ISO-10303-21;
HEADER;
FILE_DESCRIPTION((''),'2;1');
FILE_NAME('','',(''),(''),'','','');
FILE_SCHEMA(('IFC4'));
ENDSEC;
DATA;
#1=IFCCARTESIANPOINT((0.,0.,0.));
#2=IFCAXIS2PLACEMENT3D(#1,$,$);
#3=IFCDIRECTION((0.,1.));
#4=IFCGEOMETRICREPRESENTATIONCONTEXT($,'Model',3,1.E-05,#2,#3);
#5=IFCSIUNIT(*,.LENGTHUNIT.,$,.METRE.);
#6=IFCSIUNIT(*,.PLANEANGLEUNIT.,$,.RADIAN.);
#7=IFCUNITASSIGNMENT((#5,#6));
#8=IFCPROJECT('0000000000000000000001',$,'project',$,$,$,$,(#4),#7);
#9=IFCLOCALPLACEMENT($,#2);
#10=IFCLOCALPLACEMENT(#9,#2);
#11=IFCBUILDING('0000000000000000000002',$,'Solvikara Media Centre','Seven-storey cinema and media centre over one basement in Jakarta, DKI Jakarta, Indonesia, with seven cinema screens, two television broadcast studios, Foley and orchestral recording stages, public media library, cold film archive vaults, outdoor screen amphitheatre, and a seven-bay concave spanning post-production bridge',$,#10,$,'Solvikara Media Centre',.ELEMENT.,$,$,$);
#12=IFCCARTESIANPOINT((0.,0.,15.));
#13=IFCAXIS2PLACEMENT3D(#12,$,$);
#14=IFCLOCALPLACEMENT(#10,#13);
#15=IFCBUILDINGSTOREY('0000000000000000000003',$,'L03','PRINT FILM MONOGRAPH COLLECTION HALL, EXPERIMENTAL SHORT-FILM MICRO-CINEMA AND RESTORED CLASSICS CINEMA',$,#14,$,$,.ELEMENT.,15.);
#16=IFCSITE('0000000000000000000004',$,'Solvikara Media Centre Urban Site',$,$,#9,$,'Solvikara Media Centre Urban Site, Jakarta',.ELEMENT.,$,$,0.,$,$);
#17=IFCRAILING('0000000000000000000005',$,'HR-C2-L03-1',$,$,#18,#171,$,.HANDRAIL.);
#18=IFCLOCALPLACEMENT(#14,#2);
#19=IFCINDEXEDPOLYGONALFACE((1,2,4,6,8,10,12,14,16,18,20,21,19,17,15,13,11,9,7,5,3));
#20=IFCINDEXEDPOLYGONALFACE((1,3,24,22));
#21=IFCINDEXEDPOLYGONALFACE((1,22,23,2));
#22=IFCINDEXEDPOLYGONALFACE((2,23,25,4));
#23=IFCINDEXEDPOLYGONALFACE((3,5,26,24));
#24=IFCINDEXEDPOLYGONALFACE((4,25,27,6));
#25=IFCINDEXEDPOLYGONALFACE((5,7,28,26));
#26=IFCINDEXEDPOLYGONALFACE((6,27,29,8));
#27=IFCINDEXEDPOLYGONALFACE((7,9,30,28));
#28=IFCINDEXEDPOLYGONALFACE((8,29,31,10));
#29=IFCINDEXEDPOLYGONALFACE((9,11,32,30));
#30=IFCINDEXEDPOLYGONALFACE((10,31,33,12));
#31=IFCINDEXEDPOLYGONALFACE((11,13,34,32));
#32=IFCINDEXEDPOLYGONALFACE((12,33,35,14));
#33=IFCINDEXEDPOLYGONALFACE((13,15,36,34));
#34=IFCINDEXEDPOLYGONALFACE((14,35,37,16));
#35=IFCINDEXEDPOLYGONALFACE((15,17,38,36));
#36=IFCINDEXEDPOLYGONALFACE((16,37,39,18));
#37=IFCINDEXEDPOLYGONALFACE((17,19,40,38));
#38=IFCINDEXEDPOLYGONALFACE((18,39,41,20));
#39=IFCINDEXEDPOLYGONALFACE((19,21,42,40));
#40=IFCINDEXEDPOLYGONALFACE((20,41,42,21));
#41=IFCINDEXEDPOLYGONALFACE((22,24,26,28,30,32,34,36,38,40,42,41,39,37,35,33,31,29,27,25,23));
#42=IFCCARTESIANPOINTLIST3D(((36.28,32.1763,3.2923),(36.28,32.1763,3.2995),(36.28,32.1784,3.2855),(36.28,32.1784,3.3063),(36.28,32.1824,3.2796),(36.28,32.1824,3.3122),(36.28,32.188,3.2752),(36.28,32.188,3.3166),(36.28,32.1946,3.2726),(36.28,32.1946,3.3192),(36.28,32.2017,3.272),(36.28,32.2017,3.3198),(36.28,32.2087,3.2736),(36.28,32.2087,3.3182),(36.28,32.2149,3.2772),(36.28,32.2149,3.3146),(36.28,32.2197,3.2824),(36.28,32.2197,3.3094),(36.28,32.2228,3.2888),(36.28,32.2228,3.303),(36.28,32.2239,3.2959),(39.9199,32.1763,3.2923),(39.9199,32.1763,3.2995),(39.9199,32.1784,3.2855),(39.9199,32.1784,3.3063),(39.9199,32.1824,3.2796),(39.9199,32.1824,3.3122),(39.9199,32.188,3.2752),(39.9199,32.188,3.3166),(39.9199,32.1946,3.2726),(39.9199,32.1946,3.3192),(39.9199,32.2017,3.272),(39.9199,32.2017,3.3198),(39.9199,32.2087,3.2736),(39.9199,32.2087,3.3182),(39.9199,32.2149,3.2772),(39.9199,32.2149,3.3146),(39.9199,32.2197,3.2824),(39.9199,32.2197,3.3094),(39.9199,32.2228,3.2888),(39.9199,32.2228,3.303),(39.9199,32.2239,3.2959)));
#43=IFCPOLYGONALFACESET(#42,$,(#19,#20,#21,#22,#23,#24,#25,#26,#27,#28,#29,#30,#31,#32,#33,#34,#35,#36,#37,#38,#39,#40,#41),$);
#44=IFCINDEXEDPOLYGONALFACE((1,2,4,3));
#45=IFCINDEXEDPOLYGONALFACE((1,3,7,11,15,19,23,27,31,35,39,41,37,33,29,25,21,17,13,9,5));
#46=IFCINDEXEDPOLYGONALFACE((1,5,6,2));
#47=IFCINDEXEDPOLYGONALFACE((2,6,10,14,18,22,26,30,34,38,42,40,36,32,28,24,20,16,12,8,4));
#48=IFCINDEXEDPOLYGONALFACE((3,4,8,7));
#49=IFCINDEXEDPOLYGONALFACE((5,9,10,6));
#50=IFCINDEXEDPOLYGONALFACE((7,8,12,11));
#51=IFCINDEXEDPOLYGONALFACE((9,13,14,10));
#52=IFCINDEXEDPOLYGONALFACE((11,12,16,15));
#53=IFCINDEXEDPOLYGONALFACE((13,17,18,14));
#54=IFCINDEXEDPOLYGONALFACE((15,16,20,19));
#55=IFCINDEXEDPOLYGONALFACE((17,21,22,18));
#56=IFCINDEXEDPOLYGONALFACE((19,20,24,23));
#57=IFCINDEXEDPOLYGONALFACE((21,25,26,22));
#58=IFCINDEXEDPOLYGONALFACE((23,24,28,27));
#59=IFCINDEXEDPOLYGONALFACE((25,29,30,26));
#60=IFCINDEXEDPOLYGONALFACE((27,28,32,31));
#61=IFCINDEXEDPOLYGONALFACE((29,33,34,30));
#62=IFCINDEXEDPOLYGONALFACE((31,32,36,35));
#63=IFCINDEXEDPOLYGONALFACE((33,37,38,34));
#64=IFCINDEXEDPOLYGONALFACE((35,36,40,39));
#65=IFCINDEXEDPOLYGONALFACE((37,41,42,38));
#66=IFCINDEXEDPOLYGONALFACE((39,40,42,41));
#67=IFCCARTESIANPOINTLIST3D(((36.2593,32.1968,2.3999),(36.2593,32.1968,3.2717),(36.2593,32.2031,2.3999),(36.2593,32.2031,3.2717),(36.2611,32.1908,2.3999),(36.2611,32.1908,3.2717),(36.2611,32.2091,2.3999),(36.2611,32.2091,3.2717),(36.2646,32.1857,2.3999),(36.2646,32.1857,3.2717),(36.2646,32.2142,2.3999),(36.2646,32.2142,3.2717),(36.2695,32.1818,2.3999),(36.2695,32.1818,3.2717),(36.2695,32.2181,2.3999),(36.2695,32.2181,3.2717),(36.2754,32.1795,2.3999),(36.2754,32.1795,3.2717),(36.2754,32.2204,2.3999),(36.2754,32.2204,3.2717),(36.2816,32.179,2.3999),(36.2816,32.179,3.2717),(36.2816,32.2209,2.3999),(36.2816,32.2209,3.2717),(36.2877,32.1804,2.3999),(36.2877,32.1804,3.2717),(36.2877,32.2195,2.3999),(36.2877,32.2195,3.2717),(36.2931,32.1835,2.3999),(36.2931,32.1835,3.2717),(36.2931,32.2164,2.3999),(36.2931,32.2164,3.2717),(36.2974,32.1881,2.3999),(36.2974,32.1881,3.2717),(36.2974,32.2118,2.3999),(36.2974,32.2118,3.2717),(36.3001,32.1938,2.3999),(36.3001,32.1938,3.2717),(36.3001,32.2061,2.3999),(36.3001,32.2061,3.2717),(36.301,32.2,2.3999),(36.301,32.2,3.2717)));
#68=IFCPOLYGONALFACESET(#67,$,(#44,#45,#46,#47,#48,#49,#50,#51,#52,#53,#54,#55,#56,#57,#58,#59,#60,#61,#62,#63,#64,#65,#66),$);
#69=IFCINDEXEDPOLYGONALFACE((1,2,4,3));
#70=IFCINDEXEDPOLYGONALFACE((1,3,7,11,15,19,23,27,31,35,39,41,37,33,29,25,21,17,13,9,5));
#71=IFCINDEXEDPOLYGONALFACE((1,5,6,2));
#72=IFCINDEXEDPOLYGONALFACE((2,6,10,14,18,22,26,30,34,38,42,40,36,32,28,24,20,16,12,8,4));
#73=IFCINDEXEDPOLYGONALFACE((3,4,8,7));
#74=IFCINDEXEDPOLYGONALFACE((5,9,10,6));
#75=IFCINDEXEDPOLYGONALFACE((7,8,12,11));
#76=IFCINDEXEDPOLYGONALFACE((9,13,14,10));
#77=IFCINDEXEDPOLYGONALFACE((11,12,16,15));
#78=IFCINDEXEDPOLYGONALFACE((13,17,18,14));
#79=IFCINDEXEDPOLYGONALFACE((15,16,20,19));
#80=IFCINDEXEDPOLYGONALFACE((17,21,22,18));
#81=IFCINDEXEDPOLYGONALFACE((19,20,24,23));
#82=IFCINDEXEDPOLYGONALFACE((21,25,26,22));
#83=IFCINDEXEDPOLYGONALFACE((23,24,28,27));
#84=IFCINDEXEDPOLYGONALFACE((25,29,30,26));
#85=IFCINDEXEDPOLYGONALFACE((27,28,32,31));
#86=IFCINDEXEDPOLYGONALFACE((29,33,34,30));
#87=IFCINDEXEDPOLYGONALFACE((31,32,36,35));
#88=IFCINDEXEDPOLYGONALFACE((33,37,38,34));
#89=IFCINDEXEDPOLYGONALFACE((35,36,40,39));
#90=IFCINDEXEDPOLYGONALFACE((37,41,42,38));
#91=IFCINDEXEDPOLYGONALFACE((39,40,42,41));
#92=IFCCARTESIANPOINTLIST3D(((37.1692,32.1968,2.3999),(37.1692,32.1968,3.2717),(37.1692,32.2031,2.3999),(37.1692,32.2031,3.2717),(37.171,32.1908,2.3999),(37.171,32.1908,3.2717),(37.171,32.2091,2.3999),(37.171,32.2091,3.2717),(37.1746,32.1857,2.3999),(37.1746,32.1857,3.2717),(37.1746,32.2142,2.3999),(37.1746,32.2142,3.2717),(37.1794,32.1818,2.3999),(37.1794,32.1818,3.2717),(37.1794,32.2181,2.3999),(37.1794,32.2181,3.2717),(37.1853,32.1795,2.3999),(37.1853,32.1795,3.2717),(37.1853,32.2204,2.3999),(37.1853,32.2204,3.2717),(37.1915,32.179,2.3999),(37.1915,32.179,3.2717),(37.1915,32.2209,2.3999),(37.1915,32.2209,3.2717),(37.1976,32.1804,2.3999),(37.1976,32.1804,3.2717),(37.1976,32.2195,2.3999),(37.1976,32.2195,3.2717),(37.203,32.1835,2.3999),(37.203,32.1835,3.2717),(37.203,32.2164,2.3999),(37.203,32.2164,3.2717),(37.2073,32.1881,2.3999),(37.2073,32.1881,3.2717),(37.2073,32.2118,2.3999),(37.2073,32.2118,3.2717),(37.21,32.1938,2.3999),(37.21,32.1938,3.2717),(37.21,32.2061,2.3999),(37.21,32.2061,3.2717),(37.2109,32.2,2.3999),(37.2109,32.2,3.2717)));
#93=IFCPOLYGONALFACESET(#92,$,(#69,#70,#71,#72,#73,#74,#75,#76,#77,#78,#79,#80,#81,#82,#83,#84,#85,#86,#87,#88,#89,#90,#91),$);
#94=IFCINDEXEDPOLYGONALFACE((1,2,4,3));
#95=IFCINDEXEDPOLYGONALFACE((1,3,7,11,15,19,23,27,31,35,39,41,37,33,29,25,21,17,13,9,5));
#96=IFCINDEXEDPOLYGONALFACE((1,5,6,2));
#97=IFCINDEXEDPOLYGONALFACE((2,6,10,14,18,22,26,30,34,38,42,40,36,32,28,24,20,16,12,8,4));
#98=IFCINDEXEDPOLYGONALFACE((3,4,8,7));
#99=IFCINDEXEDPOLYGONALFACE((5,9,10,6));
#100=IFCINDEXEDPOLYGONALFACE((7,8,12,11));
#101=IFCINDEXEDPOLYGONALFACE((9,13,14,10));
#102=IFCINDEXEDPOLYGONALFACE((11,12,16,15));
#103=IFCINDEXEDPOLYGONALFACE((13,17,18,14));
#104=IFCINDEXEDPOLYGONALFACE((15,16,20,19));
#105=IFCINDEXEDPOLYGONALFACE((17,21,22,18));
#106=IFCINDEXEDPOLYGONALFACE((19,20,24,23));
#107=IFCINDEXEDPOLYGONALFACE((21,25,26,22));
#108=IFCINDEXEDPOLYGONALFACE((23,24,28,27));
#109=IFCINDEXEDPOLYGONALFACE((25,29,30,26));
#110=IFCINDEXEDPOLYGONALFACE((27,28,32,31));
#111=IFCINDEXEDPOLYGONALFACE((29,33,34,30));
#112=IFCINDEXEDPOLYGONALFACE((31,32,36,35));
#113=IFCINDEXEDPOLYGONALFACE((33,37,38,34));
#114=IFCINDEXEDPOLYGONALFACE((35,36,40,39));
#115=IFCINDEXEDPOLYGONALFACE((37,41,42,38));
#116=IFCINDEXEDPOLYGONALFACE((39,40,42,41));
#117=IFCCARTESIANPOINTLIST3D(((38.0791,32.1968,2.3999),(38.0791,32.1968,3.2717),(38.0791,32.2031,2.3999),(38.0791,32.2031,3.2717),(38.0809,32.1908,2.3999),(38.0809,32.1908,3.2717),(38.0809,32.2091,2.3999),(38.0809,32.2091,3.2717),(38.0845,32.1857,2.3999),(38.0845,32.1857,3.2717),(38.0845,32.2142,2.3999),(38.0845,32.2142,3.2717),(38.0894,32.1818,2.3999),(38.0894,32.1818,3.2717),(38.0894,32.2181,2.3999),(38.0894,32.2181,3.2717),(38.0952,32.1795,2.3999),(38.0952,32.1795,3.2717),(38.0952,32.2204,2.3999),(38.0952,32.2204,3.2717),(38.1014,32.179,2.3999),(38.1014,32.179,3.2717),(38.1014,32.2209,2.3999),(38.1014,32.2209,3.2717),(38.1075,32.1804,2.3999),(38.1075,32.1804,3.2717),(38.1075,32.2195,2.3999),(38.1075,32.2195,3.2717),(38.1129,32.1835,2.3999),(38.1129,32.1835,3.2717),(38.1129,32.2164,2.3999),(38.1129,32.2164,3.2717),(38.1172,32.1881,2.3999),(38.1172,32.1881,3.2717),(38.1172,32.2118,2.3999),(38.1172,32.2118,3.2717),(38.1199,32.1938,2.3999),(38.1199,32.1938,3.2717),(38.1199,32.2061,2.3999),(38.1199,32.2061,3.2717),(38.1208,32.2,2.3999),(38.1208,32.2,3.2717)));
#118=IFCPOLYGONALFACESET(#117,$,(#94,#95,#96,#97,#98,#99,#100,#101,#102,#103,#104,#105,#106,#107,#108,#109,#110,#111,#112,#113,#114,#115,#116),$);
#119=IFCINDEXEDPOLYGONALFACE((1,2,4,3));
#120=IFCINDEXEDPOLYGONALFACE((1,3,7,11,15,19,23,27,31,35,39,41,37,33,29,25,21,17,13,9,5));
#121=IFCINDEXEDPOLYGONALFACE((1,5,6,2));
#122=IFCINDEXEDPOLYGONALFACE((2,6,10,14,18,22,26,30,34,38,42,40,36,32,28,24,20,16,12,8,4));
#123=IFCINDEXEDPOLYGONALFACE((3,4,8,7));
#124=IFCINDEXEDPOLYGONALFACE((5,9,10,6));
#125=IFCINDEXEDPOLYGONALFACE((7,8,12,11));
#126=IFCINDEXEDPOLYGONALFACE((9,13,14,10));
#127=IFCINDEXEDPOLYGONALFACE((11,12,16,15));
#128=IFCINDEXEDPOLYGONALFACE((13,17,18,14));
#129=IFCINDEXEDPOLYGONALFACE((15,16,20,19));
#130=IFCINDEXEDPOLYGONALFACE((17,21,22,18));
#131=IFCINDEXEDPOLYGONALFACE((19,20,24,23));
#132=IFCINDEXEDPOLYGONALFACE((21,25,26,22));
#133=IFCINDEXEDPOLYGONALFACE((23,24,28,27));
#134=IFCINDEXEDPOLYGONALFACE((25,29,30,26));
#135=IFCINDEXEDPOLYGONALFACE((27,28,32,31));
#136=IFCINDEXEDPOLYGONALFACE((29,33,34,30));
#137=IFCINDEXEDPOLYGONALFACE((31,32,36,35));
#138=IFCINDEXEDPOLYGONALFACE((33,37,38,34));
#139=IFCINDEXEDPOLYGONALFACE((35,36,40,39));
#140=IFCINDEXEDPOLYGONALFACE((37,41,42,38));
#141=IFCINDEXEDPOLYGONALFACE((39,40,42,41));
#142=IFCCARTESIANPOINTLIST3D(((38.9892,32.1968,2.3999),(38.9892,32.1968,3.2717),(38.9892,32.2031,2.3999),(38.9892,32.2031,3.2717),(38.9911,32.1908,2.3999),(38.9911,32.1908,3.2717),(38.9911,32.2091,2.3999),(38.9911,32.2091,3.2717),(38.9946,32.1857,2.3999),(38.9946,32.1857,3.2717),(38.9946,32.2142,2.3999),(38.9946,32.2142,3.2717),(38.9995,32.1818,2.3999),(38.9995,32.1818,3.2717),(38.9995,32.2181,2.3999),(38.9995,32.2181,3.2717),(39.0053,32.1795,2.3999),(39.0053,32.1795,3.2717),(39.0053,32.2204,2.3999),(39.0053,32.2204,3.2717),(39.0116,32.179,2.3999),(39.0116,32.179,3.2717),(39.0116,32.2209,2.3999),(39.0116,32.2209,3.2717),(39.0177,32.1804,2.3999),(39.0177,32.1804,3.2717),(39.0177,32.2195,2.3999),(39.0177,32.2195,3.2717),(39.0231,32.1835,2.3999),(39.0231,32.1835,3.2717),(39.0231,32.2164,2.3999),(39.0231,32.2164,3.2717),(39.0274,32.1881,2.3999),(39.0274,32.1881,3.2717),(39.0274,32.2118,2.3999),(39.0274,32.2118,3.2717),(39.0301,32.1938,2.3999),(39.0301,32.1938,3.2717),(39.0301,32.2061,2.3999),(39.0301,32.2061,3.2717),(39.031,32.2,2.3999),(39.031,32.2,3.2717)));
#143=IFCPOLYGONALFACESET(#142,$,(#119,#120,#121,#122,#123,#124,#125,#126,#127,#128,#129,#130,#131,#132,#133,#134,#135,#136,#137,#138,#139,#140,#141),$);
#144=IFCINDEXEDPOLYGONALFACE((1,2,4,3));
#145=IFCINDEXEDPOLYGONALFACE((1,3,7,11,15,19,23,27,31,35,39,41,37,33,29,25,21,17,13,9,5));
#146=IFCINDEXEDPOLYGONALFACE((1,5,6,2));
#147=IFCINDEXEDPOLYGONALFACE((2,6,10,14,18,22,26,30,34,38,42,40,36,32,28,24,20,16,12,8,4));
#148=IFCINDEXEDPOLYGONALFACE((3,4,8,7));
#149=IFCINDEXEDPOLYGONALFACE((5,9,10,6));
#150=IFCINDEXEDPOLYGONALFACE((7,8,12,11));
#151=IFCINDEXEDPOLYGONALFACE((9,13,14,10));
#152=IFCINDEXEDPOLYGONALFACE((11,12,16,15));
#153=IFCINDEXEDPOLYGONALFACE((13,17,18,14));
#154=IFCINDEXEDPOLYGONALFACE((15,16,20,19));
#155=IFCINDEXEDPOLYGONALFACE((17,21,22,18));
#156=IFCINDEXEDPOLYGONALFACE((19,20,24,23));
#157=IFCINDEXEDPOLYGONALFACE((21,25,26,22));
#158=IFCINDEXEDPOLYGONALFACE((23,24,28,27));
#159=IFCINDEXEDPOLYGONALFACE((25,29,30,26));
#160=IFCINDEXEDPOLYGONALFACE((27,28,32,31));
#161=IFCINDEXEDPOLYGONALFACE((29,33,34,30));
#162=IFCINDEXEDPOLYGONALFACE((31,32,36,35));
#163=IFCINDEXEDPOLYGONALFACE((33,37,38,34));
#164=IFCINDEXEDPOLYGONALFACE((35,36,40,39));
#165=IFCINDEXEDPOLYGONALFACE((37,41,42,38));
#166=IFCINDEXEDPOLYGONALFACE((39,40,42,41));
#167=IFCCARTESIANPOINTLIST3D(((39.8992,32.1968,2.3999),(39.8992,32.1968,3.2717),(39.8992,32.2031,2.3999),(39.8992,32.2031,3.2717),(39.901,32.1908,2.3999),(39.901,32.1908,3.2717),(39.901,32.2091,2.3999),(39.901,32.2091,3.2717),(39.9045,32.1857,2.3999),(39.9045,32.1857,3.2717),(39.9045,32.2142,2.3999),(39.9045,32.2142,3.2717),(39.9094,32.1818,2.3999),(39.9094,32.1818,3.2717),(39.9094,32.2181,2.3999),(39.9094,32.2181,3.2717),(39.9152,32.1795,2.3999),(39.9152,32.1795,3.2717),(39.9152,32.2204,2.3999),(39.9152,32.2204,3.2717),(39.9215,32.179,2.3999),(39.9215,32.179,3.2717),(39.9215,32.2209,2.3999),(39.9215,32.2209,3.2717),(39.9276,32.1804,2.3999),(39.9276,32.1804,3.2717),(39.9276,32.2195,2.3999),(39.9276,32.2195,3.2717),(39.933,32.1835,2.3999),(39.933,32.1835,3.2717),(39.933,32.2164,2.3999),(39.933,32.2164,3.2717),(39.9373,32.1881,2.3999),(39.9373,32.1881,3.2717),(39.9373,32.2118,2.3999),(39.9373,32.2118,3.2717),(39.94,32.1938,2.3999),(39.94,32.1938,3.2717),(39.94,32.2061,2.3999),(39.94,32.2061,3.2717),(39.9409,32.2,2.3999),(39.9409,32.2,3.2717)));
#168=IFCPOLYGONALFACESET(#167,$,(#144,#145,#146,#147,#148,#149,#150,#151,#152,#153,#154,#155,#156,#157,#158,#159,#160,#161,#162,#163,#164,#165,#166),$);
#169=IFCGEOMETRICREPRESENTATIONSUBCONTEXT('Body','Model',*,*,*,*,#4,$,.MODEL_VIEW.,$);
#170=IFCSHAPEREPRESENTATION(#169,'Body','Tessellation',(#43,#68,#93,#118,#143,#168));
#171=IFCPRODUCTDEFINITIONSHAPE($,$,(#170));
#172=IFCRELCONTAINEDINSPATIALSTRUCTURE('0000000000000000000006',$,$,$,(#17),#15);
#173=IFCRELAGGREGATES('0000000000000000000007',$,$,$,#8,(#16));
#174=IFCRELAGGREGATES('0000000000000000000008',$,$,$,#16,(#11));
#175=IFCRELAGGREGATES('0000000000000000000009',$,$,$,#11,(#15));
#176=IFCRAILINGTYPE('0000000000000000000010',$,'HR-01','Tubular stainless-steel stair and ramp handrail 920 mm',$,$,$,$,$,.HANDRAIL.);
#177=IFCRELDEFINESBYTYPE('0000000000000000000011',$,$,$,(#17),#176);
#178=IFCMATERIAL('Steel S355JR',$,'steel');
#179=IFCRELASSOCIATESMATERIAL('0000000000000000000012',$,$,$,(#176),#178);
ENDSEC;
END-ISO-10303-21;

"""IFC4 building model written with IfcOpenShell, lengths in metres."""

from ifc_helpers import new_model, si_unit, direction, frame, origin, origin_2d, place, context, subcontext, project, spatial, circle, extrude, material, type_object, element, save


model = new_model("IFC4")

# Units and contexts
model_context = context("Model", 3, precision=1e-05, world=origin(), true_north=direction((0.0, 1.0)))
body_context = subcontext(model_context, "Body", "Model", "MODEL_VIEW")
ifc_project = project(units=[si_unit("LENGTHUNIT", "METRE"), si_unit("PLANEANGLEUNIT", "RADIAN")], contexts=[model_context])

# Site, building, storey
site_placement = place(None, origin())
site = spatial("IfcSite", under=ifc_project, at=site_placement, Name="Solvikara Media Centre Urban Site", LongName="Solvikara Media Centre Urban Site, Jakarta", CompositionType="ELEMENT", RefElevation=0.0)
building_placement = place(site_placement, origin())
building = spatial("IfcBuilding", under=site, at=building_placement, Name="Solvikara Media Centre", Description="Seven-storey cinema and media centre over one basement in Jakarta, DKI Jakarta, Indonesia, with seven cinema screens, two television broadcast studios, Foley and orchestral recording stages, public media library, cold film archive vaults, outdoor screen amphitheatre, and a seven-bay concave spanning post-production bridge", LongName="Solvikara Media Centre", CompositionType="ELEMENT")
storey_placement = place(building_placement, frame((0.0, 0.0, 15.0)))
storey = spatial("IfcBuildingStorey", under=building, at=storey_placement, Name="L03", Description="PRINT FILM MONOGRAPH COLLECTION HALL, EXPERIMENTAL SHORT-FILM MICRO-CINEMA AND RESTORED CLASSICS CINEMA", CompositionType="ELEMENT", Elevation=15.0)

# Shared definitions
ifc_material_1 = material(Name="Steel S355JR", Category="steel")

# Railing
railing_type_1 = type_object("IfcRailingType", Name="HR-01", Description="Tubular stainless-steel stair and ramp handrail 920 mm", PredefinedType="HANDRAIL", material=ifc_material_1)
railing_1_placement = place(storey_placement, frame((36.28, 32.2, 2.3999)))
element("IfcRailing", 1, at=railing_1_placement, inside=storey, type_object=railing_type_1, Name="HR-C2-L03-1", PredefinedType="HANDRAIL", context=body_context, shape_type="SweptSolid", body=[
    extrude(circle(Radius=0.0239, at=origin_2d()), frame((0.0, 0.0, 0.896), z_axis=(1.0, 0.0, 0.0), x_axis=(0.0, 1.0, 0.0)), (0.0, 0.0, 1.0), 3.6399),
    extrude(circle(Radius=0.021, at=origin_2d()), origin(), (0.0, 0.0, 1.0), 0.8718),
    extrude(circle(Radius=0.021, at=origin_2d()), frame((0.9099, 0.0, 0.0)), (0.0, 0.0, 1.0), 0.8718),
    extrude(circle(Radius=0.021, at=origin_2d()), frame((1.8198, 0.0, 0.0)), (0.0, 0.0, 1.0), 0.8718),
    extrude(circle(Radius=0.021, at=origin_2d()), frame((2.73, 0.0, 0.0)), (0.0, 0.0, 1.0), 0.8718),
    extrude(circle(Radius=0.021, at=origin_2d()), frame((3.6399, 0.0, 0.0)), (0.0, 0.0, 1.0), 0.8718),
])

save(model, "model.ifc")
